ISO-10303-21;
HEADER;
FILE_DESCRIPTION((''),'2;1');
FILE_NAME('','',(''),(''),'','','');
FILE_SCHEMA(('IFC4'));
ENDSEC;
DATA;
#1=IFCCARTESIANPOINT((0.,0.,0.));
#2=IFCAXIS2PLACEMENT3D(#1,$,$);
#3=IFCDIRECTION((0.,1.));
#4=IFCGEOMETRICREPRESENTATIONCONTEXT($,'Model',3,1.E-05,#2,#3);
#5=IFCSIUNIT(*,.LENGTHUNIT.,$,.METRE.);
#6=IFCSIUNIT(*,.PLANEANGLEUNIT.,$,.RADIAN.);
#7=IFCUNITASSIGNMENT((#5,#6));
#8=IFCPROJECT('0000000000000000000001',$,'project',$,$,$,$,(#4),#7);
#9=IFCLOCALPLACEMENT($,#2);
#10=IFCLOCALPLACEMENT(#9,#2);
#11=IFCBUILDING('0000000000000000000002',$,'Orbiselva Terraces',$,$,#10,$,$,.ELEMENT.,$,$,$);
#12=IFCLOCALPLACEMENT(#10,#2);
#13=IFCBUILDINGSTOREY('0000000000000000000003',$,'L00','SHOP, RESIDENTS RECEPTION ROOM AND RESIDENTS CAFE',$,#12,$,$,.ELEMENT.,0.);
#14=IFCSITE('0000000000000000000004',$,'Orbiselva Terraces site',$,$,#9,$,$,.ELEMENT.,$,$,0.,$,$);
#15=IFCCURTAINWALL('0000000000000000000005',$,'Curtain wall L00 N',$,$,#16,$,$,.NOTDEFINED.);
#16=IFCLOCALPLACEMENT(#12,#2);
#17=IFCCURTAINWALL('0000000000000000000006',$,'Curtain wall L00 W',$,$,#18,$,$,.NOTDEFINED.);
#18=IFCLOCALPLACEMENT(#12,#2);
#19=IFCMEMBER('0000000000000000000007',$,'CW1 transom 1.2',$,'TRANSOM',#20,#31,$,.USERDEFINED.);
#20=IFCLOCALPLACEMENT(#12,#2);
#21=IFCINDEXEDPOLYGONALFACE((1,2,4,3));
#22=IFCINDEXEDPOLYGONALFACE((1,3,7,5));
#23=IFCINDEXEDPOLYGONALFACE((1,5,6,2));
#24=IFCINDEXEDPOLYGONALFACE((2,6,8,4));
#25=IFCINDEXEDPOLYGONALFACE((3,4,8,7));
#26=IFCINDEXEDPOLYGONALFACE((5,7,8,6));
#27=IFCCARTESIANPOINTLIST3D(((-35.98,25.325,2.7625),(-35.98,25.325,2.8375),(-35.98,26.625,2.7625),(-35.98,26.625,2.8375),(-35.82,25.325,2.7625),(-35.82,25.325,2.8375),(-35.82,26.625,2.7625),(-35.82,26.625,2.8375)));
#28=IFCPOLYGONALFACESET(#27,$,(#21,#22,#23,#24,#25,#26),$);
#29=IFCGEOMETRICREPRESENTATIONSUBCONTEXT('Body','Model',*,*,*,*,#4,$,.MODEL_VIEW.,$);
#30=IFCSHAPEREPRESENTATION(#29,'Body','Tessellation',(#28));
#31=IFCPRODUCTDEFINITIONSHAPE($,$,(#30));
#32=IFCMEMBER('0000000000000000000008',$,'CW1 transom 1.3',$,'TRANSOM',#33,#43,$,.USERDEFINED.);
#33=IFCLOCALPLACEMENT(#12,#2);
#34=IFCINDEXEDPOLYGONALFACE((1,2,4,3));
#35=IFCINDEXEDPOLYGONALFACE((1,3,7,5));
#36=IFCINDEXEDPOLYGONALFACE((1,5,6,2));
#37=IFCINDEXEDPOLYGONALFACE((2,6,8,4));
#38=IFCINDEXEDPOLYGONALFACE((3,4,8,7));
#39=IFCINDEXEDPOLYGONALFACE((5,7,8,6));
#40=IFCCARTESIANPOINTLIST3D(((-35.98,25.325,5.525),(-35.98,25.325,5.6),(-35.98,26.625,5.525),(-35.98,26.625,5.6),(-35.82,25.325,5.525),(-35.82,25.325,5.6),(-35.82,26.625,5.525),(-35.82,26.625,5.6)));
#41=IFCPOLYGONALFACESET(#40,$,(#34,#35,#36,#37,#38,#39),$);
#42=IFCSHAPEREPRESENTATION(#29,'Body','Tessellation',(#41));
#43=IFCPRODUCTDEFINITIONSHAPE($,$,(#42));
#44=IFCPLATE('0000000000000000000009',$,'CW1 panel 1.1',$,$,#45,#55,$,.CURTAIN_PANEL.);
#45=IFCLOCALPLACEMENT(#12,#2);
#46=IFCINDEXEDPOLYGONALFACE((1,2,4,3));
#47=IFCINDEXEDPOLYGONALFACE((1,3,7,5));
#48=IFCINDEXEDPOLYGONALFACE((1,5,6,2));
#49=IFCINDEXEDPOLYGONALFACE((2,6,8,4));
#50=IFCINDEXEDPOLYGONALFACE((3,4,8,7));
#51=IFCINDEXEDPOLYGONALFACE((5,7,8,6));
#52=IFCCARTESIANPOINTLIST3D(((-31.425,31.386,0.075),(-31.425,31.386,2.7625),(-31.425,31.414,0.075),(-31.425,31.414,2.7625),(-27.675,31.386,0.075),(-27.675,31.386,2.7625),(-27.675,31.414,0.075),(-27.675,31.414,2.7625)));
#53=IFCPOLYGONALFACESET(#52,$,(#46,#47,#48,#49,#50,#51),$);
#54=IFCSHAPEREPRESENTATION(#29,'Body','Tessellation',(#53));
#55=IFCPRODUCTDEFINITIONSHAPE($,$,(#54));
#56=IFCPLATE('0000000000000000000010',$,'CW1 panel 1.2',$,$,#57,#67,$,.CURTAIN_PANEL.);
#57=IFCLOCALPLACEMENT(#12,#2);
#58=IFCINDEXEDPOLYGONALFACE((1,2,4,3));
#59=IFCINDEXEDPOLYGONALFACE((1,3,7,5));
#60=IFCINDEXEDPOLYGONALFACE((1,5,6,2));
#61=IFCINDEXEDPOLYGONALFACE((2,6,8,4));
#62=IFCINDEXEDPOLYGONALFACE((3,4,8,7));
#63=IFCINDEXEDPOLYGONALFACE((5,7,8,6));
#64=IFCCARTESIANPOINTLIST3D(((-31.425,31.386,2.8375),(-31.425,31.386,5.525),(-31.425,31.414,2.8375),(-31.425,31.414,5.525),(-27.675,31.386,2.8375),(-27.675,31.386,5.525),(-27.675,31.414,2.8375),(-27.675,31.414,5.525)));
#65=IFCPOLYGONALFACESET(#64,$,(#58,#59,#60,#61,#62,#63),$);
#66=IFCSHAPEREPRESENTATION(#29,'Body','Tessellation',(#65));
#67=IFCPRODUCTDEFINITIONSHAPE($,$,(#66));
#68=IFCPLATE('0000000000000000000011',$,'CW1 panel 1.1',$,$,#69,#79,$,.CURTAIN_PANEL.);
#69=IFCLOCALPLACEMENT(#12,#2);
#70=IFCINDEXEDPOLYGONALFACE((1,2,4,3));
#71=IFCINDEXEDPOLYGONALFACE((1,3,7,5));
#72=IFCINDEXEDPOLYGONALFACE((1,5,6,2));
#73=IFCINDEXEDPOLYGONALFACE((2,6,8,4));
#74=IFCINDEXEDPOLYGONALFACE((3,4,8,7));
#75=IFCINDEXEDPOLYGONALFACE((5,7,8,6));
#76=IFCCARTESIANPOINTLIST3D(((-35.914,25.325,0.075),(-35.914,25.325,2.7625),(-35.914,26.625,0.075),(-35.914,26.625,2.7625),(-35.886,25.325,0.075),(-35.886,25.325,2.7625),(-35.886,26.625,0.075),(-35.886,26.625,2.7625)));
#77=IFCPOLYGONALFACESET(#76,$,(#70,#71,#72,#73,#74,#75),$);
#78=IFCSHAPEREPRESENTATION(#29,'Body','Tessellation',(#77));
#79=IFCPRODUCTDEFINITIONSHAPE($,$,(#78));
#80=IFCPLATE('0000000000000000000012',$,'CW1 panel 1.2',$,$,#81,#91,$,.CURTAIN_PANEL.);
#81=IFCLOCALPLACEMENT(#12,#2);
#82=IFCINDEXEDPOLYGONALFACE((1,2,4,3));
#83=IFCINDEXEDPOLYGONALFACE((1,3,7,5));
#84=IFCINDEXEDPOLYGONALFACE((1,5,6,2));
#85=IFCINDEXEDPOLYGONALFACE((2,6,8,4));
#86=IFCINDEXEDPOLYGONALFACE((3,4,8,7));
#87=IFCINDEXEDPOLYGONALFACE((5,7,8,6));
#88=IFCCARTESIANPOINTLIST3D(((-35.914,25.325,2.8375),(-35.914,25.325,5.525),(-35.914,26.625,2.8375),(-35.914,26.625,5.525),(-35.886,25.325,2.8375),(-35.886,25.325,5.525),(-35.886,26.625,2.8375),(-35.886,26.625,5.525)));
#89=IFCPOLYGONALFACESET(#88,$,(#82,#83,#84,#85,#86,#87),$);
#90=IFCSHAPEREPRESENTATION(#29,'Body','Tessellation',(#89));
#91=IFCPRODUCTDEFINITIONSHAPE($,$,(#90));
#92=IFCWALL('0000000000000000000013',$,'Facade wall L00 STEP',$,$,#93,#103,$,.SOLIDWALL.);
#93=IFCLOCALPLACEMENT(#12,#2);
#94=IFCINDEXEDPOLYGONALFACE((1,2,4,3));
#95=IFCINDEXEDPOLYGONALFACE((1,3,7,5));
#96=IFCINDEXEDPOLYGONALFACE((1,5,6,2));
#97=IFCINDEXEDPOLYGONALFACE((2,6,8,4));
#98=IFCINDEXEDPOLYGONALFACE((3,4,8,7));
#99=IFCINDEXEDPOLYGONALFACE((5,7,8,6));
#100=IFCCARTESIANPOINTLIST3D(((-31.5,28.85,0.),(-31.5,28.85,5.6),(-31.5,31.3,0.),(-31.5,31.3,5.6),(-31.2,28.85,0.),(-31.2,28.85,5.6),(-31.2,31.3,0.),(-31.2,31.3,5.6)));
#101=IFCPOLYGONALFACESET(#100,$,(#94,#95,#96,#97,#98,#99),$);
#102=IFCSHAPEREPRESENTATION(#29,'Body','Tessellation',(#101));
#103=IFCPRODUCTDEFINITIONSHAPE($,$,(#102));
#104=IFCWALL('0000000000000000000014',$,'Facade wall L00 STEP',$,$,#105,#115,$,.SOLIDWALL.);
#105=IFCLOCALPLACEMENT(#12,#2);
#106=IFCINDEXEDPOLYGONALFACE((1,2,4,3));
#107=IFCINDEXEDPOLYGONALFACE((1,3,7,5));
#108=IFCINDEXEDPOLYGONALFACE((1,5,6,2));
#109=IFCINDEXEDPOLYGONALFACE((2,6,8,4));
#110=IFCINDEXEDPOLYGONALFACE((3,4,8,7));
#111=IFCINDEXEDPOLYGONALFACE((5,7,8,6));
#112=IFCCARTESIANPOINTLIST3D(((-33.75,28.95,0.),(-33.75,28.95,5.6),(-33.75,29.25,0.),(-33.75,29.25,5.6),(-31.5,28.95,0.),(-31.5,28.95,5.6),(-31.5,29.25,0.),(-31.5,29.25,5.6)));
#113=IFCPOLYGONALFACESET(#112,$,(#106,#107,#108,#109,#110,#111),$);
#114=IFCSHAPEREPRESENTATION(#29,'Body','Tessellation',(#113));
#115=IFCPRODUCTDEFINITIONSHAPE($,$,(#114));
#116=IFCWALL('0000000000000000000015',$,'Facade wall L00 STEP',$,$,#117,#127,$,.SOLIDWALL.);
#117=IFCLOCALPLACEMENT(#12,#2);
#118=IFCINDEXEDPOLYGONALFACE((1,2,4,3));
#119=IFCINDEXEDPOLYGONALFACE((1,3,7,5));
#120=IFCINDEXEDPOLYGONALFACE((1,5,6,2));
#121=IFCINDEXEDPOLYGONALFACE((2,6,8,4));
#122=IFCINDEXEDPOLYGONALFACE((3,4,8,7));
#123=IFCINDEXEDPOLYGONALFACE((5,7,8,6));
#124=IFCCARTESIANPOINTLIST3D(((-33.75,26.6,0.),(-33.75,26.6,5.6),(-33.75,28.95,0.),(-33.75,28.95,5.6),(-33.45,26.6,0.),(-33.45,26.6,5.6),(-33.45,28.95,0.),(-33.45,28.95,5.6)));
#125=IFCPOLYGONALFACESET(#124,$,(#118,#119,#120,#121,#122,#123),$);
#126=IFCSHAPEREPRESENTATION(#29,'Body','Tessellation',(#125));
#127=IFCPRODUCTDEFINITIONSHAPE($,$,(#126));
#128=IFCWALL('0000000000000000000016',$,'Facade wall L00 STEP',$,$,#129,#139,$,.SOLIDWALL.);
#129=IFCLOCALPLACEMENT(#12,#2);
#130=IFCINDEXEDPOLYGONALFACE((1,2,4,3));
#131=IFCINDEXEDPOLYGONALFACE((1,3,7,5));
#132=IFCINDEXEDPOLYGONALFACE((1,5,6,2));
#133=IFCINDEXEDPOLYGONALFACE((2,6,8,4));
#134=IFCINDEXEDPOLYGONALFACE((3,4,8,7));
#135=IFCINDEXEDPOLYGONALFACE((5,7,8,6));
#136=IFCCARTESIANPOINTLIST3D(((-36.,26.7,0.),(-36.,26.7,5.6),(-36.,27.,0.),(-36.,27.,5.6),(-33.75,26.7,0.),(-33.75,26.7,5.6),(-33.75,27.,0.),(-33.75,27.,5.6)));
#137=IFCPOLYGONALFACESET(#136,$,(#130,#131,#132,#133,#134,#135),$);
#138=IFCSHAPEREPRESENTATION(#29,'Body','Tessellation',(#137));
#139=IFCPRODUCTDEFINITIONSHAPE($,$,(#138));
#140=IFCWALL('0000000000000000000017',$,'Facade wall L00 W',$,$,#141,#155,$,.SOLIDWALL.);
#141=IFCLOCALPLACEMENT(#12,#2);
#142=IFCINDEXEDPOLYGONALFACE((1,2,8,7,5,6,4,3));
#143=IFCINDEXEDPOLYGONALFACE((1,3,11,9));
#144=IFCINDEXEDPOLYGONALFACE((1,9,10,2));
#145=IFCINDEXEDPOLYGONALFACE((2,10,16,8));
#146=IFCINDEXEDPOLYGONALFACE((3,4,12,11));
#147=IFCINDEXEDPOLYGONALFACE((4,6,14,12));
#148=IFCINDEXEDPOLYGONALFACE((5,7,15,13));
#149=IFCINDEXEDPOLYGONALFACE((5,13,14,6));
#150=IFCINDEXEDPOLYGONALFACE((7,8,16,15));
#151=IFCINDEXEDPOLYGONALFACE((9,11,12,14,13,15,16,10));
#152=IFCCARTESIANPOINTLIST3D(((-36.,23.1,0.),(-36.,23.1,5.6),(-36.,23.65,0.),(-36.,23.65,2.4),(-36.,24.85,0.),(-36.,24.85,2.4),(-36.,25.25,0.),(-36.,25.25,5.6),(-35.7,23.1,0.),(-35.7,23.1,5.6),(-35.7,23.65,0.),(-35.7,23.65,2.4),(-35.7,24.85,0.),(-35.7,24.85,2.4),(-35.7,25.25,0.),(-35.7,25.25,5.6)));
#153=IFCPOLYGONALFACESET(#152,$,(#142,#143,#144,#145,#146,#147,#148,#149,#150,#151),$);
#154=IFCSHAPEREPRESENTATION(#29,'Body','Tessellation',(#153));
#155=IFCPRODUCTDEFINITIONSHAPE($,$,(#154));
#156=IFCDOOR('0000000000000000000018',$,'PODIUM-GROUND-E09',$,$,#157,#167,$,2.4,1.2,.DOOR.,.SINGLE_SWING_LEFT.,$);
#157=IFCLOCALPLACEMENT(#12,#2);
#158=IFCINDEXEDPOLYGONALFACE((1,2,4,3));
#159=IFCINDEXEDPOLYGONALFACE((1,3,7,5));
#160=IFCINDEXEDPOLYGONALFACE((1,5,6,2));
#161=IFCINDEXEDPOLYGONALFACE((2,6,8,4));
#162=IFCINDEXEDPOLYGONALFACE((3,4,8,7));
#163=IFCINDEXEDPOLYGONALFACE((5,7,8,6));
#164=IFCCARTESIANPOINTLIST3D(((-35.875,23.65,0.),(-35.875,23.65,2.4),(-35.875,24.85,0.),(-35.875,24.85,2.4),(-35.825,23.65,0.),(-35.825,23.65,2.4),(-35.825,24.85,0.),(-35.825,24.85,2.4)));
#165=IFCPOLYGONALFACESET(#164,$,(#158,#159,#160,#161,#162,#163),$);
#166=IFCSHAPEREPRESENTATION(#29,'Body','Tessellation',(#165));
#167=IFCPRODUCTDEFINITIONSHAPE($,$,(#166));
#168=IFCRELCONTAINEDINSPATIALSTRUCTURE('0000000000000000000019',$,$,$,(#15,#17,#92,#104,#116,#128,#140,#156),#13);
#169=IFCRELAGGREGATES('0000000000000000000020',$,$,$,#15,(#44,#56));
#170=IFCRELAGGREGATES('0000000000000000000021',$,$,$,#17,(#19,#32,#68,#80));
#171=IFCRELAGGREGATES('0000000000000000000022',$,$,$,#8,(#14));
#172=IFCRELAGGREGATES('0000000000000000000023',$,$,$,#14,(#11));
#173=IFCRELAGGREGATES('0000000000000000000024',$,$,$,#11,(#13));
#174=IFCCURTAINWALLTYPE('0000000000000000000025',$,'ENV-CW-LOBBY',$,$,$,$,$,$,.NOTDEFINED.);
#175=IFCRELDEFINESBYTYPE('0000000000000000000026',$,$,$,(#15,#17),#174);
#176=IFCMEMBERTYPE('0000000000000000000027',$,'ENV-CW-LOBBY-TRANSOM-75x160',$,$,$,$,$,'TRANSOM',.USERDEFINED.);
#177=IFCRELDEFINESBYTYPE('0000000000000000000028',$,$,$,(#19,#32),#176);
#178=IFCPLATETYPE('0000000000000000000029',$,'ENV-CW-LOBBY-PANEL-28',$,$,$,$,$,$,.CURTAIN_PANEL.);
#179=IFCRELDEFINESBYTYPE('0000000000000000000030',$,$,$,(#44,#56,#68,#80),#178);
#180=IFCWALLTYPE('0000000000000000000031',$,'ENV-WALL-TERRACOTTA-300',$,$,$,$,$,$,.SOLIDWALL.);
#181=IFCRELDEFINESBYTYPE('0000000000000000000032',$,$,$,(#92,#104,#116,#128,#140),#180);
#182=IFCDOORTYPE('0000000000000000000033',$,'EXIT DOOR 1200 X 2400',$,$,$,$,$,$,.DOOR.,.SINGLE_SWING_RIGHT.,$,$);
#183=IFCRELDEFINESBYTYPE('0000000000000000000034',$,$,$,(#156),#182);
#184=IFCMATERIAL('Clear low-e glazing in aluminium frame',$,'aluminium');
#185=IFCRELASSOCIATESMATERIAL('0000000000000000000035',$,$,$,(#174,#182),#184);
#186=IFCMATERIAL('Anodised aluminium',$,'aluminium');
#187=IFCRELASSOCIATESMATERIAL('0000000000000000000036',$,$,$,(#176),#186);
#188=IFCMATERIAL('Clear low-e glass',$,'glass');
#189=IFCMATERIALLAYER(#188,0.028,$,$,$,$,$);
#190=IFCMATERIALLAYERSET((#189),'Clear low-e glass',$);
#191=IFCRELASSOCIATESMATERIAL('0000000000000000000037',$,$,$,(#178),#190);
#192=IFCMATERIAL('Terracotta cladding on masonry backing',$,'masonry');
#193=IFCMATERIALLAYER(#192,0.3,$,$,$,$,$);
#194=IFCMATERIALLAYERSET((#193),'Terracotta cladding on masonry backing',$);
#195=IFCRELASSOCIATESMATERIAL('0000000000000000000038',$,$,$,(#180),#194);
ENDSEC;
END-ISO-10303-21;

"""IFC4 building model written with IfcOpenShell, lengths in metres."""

from ifc_helpers import new_model, si_unit, direction, frame, frame_2d, origin, origin_2d, place, context, subcontext, project, spatial, rectangle, extrude, material, layer, layer_set, material_profile, profile_set, type_object, element, fill, aggregate, save


model = new_model("IFC4")

# Units and contexts
model_context = context("Model", 3, precision=1e-05, world=origin(), true_north=direction((0.0, 1.0)))
body_context = subcontext(model_context, "Body", "Model", "MODEL_VIEW")
ifc_project = project(units=[si_unit("LENGTHUNIT", "METRE"), si_unit("PLANEANGLEUNIT", "RADIAN")], contexts=[model_context])

# Site, building, storey
site_placement = place(None, origin())
site = spatial("IfcSite", under=ifc_project, at=site_placement, Name="Orbiselva Terraces site", CompositionType="ELEMENT", RefElevation=0.0)
building_placement = place(site_placement, origin())
building = spatial("IfcBuilding", under=site, at=building_placement, Name="Orbiselva Terraces", CompositionType="ELEMENT")
storey_placement = place(building_placement, origin())
storey = spatial("IfcBuildingStorey", under=building, at=storey_placement, Name="L00", Description="SHOP, RESIDENTS RECEPTION ROOM AND RESIDENTS CAFE", CompositionType="ELEMENT", Elevation=0.0)

# Curtain walls
ifc_material_1 = material(Name="Clear low-e glazing in aluminium frame", Category="aluminium")
curtain_wall_type = type_object("IfcCurtainWallType", Name="ENV-CW-LOBBY", PredefinedType="NOTDEFINED", material=ifc_material_1)
curtain_wall_1_placement = place(storey_placement, origin())
curtain_wall_1 = element("IfcCurtainWall", 1, at=curtain_wall_1_placement, inside=storey, type_object=curtain_wall_type, Name="Curtain wall L00 N", PredefinedType="NOTDEFINED")
ifc_material_2 = material(Name="Anodised aluminium", Category="aluminium")
curtain_wall_2_placement = place(storey_placement, origin())
curtain_wall_2 = element("IfcCurtainWall", 2, at=curtain_wall_2_placement, inside=storey, type_object=curtain_wall_type, Name="Curtain wall L00 W", PredefinedType="NOTDEFINED")

# Members
ifc_material_profile_1 = material_profile(ifc_material_2, rectangle(XDim=0.16, YDim=0.075, at=origin_2d()), Name="AL 75x160")
ifc_profile_set_1 = profile_set([ifc_material_profile_1], Name="Anodised aluminium")
member_type_1 = type_object("IfcMemberType", Name="ENV-CW-LOBBY-TRANSOM-75x160", ElementType="TRANSOM", PredefinedType="USERDEFINED", material=ifc_profile_set_1)
member_1_placement = place(storey_placement, frame((-35.9, 26.625, 2.8), z_axis=(0.0, -1.0, 0.0), x_axis=(1.0, 0.0, 0.0)))
member_1 = element("IfcMember", 3, at=member_1_placement, type_object=member_type_1, Name="CW1 transom 1.2", ObjectType="TRANSOM", PredefinedType="USERDEFINED", context=body_context, shape_type="SweptSolid", body=[
    extrude(rectangle(XDim=0.16, YDim=0.075, at=origin_2d()), origin(), (0.0, 0.0, 1.0), 1.3),
])
member_2_placement = place(storey_placement, frame((-35.9, 26.625, 5.5625), z_axis=(0.0, -1.0, 0.0), x_axis=(1.0, 0.0, 0.0)))
member_2 = element("IfcMember", 4, at=member_2_placement, type_object=member_type_1, Name="CW1 transom 1.3", ObjectType="TRANSOM", PredefinedType="USERDEFINED", context=body_context, shape_type="SweptSolid", body=[
    extrude(rectangle(XDim=0.16, YDim=0.075, at=origin_2d()), origin(), (0.0, 0.0, 1.0), 1.3),
])

# Plates
ifc_material_3 = material(Name="Clear low-e glass", Category="glass")
ifc_layer_1 = layer(ifc_material_3, 0.028)
ifc_layer_set_1 = layer_set([ifc_layer_1], Name="Clear low-e glass")
plate_type = type_object("IfcPlateType", Name="ENV-CW-LOBBY-PANEL-28", PredefinedType="CURTAIN_PANEL", material=ifc_layer_set_1)
plate_1_placement = place(storey_placement, frame((-29.55, 31.4, 0.075), z_axis=(0.0, 0.0, 1.0), x_axis=(-1.0, 0.0, 0.0)))
plate_1 = element("IfcPlate", 5, at=plate_1_placement, type_object=plate_type, Name="CW1 panel 1.1", PredefinedType="CURTAIN_PANEL", context=body_context, shape_type="SweptSolid", body=[
    extrude(rectangle(XDim=3.75, YDim=0.028, at=origin_2d()), origin(), (0.0, 0.0, 1.0), 2.6875),
])
plate_2_placement = place(storey_placement, frame((-29.55, 31.4, 2.8375), z_axis=(0.0, 0.0, 1.0), x_axis=(-1.0, 0.0, 0.0)))
plate_2 = element("IfcPlate", 6, at=plate_2_placement, type_object=plate_type, Name="CW1 panel 1.2", PredefinedType="CURTAIN_PANEL", context=body_context, shape_type="SweptSolid", body=[
    extrude(rectangle(XDim=3.75, YDim=0.028, at=origin_2d()), origin(), (0.0, 0.0, 1.0), 2.6875),
])
aggregate(curtain_wall_1, [plate_1, plate_2])
plate_3_placement = place(storey_placement, frame((-35.9, 25.975, 0.075), z_axis=(0.0, 0.0, 1.0), x_axis=(0.0, -1.0, 0.0)))
plate_3 = element("IfcPlate", 7, at=plate_3_placement, type_object=plate_type, Name="CW1 panel 1.1", PredefinedType="CURTAIN_PANEL", context=body_context, shape_type="SweptSolid", body=[
    extrude(rectangle(XDim=1.3, YDim=0.028, at=origin_2d()), origin(), (0.0, 0.0, 1.0), 2.6875),
])
plate_4_placement = place(storey_placement, frame((-35.9, 25.975, 2.8375), z_axis=(0.0, 0.0, 1.0), x_axis=(0.0, -1.0, 0.0)))
plate_4 = element("IfcPlate", 8, at=plate_4_placement, type_object=plate_type, Name="CW1 panel 1.2", PredefinedType="CURTAIN_PANEL", context=body_context, shape_type="SweptSolid", body=[
    extrude(rectangle(XDim=1.3, YDim=0.028, at=origin_2d()), origin(), (0.0, 0.0, 1.0), 2.6875),
])
aggregate(curtain_wall_2, [member_1, member_2, plate_3, plate_4])

# Walls
ifc_material_4 = material(Name="Terracotta cladding on masonry backing", Category="masonry")
ifc_layer_2 = layer(ifc_material_4, 0.3)
ifc_layer_set_2 = layer_set([ifc_layer_2], Name="Terracotta cladding on masonry backing")
wall_type = type_object("IfcWallType", Name="ENV-WALL-TERRACOTTA-300", PredefinedType="SOLIDWALL", material=ifc_layer_set_2)
wall_1_placement = place(storey_placement, frame((-31.35, 28.85, 0.0), z_axis=(0.0, 0.0, 1.0), x_axis=(0.0, 1.0, 0.0)))
element("IfcWall", 9, at=wall_1_placement, inside=storey, type_object=wall_type, Name="Facade wall L00 STEP", PredefinedType="SOLIDWALL", context=body_context, shape_type="SweptSolid", body=[
    extrude(rectangle(XDim=2.45, YDim=0.3, at=frame_2d((1.225, 0.0))), origin(), (0.0, 0.0, 1.0), 5.6),
])
wall_2_placement = place(storey_placement, frame((-33.75, 29.1, 0.0), z_axis=(0.0, 0.0, 1.0), x_axis=(1.0, 0.0, 0.0)))
element("IfcWall", 10, at=wall_2_placement, inside=storey, type_object=wall_type, Name="Facade wall L00 STEP", PredefinedType="SOLIDWALL", context=body_context, shape_type="SweptSolid", body=[
    extrude(rectangle(XDim=2.25, YDim=0.3, at=frame_2d((1.125, 0.0))), origin(), (0.0, 0.0, 1.0), 5.6),
])
wall_3_placement = place(storey_placement, frame((-33.6, 26.6, 0.0), z_axis=(0.0, 0.0, 1.0), x_axis=(0.0, 1.0, 0.0)))
element("IfcWall", 11, at=wall_3_placement, inside=storey, type_object=wall_type, Name="Facade wall L00 STEP", PredefinedType="SOLIDWALL", context=body_context, shape_type="SweptSolid", body=[
    extrude(rectangle(XDim=2.35, YDim=0.3, at=frame_2d((1.175, 0.0))), origin(), (0.0, 0.0, 1.0), 5.6),
])
wall_4_placement = place(storey_placement, frame((-36.0, 26.85, 0.0), z_axis=(0.0, 0.0, 1.0), x_axis=(1.0, 0.0, 0.0)))
element("IfcWall", 12, at=wall_4_placement, inside=storey, type_object=wall_type, Name="Facade wall L00 STEP", PredefinedType="SOLIDWALL", context=body_context, shape_type="SweptSolid", body=[
    extrude(rectangle(XDim=2.25, YDim=0.3, at=frame_2d((1.125, 0.0))), origin(), (0.0, 0.0, 1.0), 5.6),
])

# Wall, opening, door
wall_5_placement = place(storey_placement, frame((-35.85, 23.1, 0.0), z_axis=(0.0, 0.0, 1.0), x_axis=(0.0, 1.0, 0.0)))
wall_5 = element("IfcWall", 13, at=wall_5_placement, inside=storey, type_object=wall_type, Name="Facade wall L00 W", PredefinedType="SOLIDWALL", context=body_context, shape_type="SweptSolid", body=[
    extrude(rectangle(XDim=2.15, YDim=0.3, at=frame_2d((1.075, 0.0))), origin(), (0.0, 0.0, 1.0), 5.6),
])
opening_placement = place(wall_5_placement, frame((0.55, 0.0, 0.0)))
opening = element("IfcOpeningElement", 14, at=opening_placement, cuts=wall_5, PredefinedType="OPENING", context=body_context, shape_type="SweptSolid", body=[
    extrude(rectangle(XDim=1.2, YDim=2.4, at=frame_2d((0.6, 1.2))), frame((0.0, 0.16, 0.0), z_axis=(0.0, -1.0, 0.0), x_axis=(1.0, 0.0, 0.0)), (0.0, 0.0, 1.0), 0.32),
])
door_type = type_object("IfcDoorType", Name="EXIT DOOR 1200 X 2400", OperationType="SINGLE_SWING_RIGHT", PredefinedType="DOOR", material=ifc_material_1)
door_placement = place(opening_placement, origin())
door = element("IfcDoor", 15, at=door_placement, inside=storey, type_object=door_type, Name="PODIUM-GROUND-E09", OperationType="SINGLE_SWING_LEFT", OverallHeight=2.4, OverallWidth=1.2, PredefinedType="DOOR", context=body_context, shape_type="SweptSolid", body=[
    extrude(rectangle(XDim=1.2, YDim=2.4, at=frame_2d((0.6, 1.2))), frame((0.0, 0.025, 0.0), z_axis=(0.0, -1.0, 0.0), x_axis=(1.0, 0.0, 0.0)), (0.0, 0.0, 1.0), 0.05),
])
fill(opening, door)

save(model, "model.ifc")
